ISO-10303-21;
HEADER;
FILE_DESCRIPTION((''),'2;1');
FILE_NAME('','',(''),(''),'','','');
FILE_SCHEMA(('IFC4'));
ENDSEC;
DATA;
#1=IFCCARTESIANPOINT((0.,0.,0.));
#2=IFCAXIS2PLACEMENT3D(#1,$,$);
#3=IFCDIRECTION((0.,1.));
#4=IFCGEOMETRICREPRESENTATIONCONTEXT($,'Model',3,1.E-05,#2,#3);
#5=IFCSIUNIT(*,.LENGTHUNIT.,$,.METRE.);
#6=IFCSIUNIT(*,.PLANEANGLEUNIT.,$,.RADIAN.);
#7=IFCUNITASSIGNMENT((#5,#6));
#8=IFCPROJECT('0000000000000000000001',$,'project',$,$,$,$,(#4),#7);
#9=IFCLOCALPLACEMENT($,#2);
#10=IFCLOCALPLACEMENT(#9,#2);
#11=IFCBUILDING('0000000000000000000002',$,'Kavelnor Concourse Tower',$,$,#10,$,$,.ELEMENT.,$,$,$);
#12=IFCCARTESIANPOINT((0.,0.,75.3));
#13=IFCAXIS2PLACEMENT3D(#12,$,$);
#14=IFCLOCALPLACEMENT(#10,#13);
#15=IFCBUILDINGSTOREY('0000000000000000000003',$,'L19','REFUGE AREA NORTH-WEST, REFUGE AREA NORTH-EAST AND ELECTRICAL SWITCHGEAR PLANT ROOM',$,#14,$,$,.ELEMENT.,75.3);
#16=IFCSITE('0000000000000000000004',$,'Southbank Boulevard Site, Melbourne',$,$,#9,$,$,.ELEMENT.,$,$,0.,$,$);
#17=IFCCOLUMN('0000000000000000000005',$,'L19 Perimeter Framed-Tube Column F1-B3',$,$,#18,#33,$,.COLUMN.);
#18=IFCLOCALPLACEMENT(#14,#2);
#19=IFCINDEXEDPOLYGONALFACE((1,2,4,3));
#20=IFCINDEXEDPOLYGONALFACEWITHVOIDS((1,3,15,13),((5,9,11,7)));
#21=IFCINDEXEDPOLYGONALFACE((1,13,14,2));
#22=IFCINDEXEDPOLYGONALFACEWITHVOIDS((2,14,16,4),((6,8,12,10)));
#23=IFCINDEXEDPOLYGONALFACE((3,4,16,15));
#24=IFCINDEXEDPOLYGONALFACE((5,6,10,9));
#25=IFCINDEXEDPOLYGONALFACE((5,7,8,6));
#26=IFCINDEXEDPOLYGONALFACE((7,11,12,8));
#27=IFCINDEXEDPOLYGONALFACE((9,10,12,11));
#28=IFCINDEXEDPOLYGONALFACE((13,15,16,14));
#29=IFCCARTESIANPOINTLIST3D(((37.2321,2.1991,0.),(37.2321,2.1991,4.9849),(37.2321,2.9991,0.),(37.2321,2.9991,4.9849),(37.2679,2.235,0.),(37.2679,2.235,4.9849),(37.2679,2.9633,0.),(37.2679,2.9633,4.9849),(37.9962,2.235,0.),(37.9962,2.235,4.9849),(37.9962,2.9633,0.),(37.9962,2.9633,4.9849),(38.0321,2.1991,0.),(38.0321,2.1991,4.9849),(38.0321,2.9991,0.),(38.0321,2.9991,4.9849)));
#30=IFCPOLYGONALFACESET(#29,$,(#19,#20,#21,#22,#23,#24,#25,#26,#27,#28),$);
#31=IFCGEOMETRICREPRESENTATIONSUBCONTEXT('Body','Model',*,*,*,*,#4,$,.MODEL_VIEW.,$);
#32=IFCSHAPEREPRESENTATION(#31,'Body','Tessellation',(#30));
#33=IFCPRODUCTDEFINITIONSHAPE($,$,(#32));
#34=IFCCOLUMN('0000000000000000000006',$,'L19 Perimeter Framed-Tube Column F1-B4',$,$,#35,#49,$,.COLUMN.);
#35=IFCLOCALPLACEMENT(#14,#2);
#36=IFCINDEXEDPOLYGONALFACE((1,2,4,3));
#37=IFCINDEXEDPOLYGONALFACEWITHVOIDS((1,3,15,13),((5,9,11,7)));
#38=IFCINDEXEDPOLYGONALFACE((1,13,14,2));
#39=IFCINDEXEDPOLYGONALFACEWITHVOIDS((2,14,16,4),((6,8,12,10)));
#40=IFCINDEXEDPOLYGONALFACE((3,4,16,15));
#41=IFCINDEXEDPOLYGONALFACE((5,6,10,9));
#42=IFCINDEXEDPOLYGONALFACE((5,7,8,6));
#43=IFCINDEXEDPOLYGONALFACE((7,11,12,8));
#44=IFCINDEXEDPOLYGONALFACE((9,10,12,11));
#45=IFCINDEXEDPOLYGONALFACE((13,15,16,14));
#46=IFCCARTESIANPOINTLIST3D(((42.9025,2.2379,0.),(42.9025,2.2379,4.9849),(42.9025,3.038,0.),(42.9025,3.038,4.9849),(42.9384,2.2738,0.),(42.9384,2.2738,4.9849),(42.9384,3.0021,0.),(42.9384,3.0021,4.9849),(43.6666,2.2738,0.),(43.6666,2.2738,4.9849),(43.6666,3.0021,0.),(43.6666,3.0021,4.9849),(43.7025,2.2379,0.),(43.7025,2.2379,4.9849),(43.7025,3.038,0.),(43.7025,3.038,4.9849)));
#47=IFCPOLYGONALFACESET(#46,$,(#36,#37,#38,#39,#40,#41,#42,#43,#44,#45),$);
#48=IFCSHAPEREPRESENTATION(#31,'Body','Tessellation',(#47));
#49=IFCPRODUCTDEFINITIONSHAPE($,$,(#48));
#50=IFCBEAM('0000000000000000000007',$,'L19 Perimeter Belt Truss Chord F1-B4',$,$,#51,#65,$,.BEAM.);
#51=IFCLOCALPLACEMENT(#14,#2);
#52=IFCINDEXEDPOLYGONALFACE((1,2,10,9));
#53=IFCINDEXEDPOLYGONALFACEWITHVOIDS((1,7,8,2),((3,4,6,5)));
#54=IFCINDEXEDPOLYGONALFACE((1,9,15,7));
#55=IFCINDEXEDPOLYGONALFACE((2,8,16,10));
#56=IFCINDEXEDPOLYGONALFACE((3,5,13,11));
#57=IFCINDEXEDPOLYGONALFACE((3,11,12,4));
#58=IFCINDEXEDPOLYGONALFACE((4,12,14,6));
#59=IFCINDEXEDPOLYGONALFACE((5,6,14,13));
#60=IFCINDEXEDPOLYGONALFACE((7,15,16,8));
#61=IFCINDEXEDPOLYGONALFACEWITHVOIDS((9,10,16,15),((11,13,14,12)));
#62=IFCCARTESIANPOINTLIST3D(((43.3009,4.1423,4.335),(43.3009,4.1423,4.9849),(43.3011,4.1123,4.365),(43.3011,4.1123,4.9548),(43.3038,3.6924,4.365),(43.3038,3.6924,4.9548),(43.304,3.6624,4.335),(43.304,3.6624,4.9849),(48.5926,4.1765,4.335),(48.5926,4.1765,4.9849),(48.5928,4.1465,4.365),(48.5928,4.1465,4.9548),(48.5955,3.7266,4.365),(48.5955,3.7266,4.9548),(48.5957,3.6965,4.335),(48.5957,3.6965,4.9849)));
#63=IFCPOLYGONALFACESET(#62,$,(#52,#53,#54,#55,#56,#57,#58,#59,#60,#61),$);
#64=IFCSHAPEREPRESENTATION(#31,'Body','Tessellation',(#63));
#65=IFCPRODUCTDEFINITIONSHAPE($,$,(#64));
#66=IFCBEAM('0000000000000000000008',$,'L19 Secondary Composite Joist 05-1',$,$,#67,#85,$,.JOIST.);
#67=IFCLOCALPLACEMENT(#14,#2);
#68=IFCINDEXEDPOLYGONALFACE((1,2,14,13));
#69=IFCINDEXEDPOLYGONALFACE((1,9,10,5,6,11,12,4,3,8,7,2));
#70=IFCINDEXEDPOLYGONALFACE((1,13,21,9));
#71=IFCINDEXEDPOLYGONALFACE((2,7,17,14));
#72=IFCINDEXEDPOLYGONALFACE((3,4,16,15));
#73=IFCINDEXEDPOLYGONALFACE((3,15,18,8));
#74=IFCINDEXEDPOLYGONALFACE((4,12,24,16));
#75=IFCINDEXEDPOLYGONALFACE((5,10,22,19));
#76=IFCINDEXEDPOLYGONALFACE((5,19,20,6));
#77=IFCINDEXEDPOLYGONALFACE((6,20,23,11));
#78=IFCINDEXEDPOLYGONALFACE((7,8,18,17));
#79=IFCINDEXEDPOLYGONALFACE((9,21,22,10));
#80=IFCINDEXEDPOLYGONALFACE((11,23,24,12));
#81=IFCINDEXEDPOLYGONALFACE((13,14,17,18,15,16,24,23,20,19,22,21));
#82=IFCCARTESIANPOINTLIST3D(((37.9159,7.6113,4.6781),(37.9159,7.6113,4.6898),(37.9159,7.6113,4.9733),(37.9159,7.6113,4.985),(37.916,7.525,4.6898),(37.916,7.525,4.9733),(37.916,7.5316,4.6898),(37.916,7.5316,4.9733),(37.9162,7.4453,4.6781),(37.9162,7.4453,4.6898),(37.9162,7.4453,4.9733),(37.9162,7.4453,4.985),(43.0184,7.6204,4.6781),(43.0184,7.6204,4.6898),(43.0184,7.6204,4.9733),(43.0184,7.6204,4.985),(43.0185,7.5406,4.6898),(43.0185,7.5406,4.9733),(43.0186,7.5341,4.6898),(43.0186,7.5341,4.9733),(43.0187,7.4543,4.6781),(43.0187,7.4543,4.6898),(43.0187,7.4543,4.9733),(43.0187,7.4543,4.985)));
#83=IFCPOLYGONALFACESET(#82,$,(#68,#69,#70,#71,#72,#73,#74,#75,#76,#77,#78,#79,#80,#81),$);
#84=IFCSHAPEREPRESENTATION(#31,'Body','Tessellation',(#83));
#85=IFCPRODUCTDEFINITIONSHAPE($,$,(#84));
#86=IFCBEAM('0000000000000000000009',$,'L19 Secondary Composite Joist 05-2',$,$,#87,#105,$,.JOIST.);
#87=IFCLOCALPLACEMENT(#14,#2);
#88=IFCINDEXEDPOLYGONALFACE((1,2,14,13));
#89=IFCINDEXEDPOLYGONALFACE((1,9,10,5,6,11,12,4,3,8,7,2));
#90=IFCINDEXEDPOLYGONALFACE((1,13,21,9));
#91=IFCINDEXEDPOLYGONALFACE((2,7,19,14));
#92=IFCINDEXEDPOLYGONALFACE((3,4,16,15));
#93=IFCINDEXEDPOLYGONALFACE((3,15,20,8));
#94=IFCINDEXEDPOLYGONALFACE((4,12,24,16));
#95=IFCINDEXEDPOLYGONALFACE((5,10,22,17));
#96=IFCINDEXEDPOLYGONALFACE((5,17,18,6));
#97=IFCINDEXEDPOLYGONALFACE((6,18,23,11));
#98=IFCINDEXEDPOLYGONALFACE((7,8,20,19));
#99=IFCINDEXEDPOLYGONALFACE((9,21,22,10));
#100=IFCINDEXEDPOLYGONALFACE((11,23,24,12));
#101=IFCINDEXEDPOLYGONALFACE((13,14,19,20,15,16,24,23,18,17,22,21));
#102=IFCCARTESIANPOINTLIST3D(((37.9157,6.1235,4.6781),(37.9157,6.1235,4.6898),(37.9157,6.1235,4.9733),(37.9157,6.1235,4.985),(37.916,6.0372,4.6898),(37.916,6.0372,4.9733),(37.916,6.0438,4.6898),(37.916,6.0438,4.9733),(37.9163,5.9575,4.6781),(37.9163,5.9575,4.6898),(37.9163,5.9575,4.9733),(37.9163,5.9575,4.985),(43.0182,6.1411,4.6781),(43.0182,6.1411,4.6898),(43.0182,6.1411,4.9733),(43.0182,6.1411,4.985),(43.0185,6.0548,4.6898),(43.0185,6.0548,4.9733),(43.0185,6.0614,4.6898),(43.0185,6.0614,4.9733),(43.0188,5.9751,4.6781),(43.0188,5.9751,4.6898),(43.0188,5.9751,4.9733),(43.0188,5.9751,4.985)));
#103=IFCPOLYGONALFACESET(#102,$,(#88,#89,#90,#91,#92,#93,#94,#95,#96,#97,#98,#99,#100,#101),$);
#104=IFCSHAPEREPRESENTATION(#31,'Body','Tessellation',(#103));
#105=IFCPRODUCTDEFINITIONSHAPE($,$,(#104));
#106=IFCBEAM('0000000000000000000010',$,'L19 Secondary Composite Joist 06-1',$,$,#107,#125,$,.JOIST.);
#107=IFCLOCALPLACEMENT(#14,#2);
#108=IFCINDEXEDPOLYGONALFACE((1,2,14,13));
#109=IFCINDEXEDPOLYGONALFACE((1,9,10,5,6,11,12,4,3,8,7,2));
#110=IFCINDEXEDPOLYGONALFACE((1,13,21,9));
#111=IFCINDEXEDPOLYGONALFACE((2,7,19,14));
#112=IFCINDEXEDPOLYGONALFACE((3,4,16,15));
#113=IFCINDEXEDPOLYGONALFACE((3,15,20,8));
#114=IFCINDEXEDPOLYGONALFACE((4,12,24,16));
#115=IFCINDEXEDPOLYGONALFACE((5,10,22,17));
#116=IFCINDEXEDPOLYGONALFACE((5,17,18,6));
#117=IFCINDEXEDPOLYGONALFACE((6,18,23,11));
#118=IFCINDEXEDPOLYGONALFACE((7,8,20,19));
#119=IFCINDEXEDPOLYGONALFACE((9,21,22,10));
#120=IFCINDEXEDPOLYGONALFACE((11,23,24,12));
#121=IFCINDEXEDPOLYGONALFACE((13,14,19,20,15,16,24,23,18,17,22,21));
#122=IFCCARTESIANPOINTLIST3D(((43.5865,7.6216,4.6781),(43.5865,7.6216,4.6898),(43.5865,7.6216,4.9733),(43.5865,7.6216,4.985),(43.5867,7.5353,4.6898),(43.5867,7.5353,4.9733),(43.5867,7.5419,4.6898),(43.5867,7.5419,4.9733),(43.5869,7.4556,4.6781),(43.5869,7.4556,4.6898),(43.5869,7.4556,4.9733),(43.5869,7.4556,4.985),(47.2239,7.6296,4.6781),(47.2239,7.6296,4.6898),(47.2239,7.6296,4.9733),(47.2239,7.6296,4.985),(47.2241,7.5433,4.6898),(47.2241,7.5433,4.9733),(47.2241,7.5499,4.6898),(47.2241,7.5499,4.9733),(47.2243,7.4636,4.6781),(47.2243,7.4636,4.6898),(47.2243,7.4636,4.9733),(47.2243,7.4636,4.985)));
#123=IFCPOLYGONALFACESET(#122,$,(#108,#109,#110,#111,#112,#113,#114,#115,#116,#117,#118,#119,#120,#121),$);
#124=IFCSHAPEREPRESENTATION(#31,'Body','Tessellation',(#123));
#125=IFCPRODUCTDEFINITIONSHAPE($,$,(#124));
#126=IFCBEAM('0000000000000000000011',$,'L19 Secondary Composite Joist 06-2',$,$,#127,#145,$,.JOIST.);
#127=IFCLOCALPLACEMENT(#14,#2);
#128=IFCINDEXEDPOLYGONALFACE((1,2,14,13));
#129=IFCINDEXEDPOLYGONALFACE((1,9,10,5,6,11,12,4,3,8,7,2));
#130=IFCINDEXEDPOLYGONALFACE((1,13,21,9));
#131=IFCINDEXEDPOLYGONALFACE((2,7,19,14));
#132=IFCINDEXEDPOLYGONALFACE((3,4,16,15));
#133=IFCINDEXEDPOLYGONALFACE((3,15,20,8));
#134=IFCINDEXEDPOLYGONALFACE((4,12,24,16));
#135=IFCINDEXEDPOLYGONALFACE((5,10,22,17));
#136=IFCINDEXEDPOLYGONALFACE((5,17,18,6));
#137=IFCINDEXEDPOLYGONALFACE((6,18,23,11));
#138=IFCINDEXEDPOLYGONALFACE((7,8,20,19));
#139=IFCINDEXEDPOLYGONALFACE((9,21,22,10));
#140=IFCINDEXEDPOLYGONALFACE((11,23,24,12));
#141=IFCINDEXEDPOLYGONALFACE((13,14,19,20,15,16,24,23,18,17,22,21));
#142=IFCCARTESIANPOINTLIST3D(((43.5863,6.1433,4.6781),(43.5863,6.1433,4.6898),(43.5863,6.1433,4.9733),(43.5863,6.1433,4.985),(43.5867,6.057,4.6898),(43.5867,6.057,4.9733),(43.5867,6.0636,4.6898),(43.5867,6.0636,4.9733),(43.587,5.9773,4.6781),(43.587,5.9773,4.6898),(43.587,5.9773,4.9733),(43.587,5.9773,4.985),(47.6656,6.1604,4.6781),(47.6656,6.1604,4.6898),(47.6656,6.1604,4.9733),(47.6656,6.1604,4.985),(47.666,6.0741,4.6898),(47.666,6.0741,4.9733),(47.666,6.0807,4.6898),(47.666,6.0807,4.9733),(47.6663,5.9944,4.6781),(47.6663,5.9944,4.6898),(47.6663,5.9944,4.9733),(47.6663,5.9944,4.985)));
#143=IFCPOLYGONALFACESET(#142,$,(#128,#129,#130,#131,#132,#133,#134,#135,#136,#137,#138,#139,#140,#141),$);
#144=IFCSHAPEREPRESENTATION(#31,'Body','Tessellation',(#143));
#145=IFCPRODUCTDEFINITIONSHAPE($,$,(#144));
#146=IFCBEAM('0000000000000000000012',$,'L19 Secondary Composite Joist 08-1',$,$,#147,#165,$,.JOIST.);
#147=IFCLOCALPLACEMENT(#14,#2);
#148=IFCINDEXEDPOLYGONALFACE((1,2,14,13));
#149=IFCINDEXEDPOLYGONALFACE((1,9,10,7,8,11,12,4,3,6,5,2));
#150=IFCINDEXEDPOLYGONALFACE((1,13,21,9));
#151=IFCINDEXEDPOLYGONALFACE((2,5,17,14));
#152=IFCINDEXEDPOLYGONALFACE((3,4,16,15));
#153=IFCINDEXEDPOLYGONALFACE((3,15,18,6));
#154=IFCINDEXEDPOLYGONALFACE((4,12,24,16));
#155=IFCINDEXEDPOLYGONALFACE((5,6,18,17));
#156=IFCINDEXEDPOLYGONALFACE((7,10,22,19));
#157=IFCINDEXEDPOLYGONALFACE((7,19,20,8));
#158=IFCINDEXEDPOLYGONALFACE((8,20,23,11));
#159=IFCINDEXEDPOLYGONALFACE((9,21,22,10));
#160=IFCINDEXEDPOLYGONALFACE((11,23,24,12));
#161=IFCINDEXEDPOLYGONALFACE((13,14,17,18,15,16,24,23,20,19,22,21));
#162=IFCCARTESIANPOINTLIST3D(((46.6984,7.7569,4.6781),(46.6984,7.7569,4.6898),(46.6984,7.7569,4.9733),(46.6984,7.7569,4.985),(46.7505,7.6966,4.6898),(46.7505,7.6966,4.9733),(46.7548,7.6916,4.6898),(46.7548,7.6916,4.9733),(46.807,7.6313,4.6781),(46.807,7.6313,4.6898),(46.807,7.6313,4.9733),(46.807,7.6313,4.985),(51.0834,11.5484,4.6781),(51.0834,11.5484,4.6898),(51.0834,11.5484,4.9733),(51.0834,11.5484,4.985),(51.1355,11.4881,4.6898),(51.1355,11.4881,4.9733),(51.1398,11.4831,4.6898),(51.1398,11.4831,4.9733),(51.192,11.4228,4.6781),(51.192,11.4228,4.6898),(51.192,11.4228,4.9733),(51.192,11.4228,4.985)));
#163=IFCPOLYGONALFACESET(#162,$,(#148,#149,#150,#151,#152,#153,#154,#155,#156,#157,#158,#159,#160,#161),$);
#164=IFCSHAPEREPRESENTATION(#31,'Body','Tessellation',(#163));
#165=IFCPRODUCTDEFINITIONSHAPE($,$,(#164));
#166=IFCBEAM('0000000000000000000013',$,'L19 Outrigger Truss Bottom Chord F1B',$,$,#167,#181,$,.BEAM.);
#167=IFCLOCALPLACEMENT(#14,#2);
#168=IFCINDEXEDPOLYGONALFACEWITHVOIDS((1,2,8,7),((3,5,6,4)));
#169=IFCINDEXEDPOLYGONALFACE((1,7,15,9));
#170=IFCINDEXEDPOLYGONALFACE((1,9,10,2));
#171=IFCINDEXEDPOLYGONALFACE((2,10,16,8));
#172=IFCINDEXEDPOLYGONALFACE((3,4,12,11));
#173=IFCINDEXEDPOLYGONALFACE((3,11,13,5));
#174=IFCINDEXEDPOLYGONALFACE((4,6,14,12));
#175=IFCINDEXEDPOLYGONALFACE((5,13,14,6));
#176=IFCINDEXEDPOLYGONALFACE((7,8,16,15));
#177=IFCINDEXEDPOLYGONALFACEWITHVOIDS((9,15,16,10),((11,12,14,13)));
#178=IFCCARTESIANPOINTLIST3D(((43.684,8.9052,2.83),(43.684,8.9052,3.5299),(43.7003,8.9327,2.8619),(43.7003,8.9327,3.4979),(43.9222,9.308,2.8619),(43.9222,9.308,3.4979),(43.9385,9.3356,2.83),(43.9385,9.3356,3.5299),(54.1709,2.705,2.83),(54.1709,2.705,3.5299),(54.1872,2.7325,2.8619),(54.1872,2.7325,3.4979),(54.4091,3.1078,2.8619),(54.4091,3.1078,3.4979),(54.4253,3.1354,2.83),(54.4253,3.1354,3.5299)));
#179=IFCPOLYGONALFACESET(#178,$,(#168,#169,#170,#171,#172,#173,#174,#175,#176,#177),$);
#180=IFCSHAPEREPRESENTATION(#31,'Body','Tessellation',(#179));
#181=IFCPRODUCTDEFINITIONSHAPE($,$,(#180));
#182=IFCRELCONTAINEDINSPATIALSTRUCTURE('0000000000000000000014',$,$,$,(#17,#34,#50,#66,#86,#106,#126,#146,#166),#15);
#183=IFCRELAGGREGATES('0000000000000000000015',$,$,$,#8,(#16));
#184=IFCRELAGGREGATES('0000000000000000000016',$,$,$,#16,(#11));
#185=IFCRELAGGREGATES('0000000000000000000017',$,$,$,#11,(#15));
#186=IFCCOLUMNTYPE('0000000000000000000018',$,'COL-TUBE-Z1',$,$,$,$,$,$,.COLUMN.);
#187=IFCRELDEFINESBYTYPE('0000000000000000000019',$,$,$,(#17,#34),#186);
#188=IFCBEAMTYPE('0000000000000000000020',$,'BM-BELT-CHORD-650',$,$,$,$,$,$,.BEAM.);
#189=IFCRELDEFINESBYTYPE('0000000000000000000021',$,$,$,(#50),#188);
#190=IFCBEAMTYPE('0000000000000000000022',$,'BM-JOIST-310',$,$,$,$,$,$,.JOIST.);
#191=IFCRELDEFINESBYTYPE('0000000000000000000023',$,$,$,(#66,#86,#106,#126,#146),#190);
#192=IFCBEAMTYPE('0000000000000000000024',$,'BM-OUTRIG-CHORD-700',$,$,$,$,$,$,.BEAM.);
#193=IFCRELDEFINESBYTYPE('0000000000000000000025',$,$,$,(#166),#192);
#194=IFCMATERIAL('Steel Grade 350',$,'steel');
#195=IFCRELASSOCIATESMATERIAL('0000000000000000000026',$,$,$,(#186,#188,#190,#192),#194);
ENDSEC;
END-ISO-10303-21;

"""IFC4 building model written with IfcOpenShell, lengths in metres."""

from ifc_helpers import new_model, si_unit, direction, frame, origin, origin_2d, place, context, subcontext, project, spatial, hollow_rectangle, i_section, extrude, material, material_profile, profile_set, type_object, element, save


model = new_model("IFC4")

# Units and contexts
model_context = context("Model", 3, precision=1e-05, world=origin(), true_north=direction((0.0, 1.0)))
body_context = subcontext(model_context, "Body", "Model", "MODEL_VIEW")
ifc_project = project(units=[si_unit("LENGTHUNIT", "METRE"), si_unit("PLANEANGLEUNIT", "RADIAN")], contexts=[model_context])

# Site, building, storey
site_placement = place(None, origin())
site = spatial("IfcSite", under=ifc_project, at=site_placement, Name="Southbank Boulevard Site, Melbourne", CompositionType="ELEMENT", RefElevation=0.0)
building_placement = place(site_placement, origin())
building = spatial("IfcBuilding", under=site, at=building_placement, Name="Kavelnor Concourse Tower", CompositionType="ELEMENT")
storey_placement = place(building_placement, frame((0.0, 0.0, 75.3)))
storey = spatial("IfcBuildingStorey", under=building, at=storey_placement, Name="L19", Description="REFUGE AREA NORTH-WEST, REFUGE AREA NORTH-EAST AND ELECTRICAL SWITCHGEAR PLANT ROOM", CompositionType="ELEMENT", Elevation=75.3)

# Columns
ifc_material_1 = material(Name="Steel Grade 350", Category="steel")
ifc_material_profile_1 = material_profile(ifc_material_1, hollow_rectangle(XDim=0.8, YDim=0.8, WallThickness=0.0359, at=origin_2d()), Name="SHS 800x800x36")
ifc_profile_set_1 = profile_set([ifc_material_profile_1], Name="Steel Grade 350")
column_type = type_object("IfcColumnType", Name="COL-TUBE-Z1", PredefinedType="COLUMN", material=ifc_profile_set_1)
for number, where, z_axis, x_axis, name in (
    (1, (37.6321, 2.5991, 0.0), (0.0, 0.0, 1.0), (1.0, 0.0, 0.0), "L19 Perimeter Framed-Tube Column F1-B3"),
    (2, (43.3025, 2.6379, 0.0), (0.0, 0.0, 1.0), (1.0, 0.0, 0.0), "L19 Perimeter Framed-Tube Column F1-B4"),
):
    element("IfcColumn", number, at=place(storey_placement, frame(where, z_axis=z_axis, x_axis=x_axis)), inside=storey, type_object=column_type, Name=name, PredefinedType="COLUMN", context=body_context, shape_type="SweptSolid", body=[
        extrude(hollow_rectangle(XDim=0.8, YDim=0.8, WallThickness=0.0359, at=origin_2d()), origin(), (0.0, 0.0, 1.0), 4.9849),
    ])

# Beams
ifc_material_profile_2 = material_profile(ifc_material_1, hollow_rectangle(XDim=0.48, YDim=0.6499, WallThickness=0.03, at=origin_2d()), Name="RHS 650x480x30")
ifc_profile_set_2 = profile_set([ifc_material_profile_2], Name="Steel Grade 350")
beam_type_1 = type_object("IfcBeamType", Name="BM-BELT-CHORD-650", PredefinedType="BEAM", material=ifc_profile_set_2)
beam_1_placement = place(storey_placement, frame((43.3025, 3.9023, 4.6599), z_axis=(0.999979, 0.006459, 0.0), x_axis=(-0.006459, 0.999979, 0.0)))
element("IfcBeam", 3, at=beam_1_placement, inside=storey, type_object=beam_type_1, Name="L19 Perimeter Belt Truss Chord F1-B4", PredefinedType="BEAM", context=body_context, shape_type="SweptSolid", body=[
    extrude(hollow_rectangle(XDim=0.48, YDim=0.6499, WallThickness=0.03, at=origin_2d()), origin(), (0.0, 0.0, 1.0), 5.2917),
])
ifc_material_profile_3 = material_profile(ifc_material_1, i_section(OverallWidth=0.166, OverallDepth=0.3069, WebThickness=0.0066, FlangeThickness=0.0117, at=origin_2d()), Name="310UB46")
ifc_profile_set_3 = profile_set([ifc_material_profile_3], Name="Steel Grade 350")
beam_type_2 = type_object("IfcBeamType", Name="BM-JOIST-310", PredefinedType="JOIST", material=ifc_profile_set_3)
for number, where, z_axis, x_axis, name in (
    (4, (37.916, 7.5283, 4.8315), (0.999998, 0.00177, 0.0), (-0.00177, 0.999998, 0.0), "L19 Secondary Composite Joist 05-1"),
    (5, (37.916, 6.0405, 4.8315), (0.999994, 0.003445, 0.0), (-0.003445, 0.999994, 0.0), "L19 Secondary Composite Joist 05-2"),
):
    element("IfcBeam", number, at=place(storey_placement, frame(where, z_axis=z_axis, x_axis=x_axis)), inside=storey, type_object=beam_type_2, Name=name, PredefinedType="JOIST", context=body_context, shape_type="SweptSolid", body=[
        extrude(i_section(OverallWidth=0.166, OverallDepth=0.3069, WebThickness=0.0066, FlangeThickness=0.0117, at=origin_2d()), origin(), (0.0, 0.0, 1.0), 5.1025),
    ])
beam_2_placement = place(storey_placement, frame((43.5867, 7.5386, 4.8315), z_axis=(0.999998, 0.002215, 0.0), x_axis=(-0.002215, 0.999998, 0.0)))
element("IfcBeam", 6, at=beam_2_placement, inside=storey, type_object=beam_type_2, Name="L19 Secondary Composite Joist 06-1", PredefinedType="JOIST", context=body_context, shape_type="SweptSolid", body=[
    extrude(i_section(OverallWidth=0.166, OverallDepth=0.3069, WebThickness=0.0066, FlangeThickness=0.0117, at=origin_2d()), origin(), (0.0, 0.0, 1.0), 3.6375),
])
beam_3_placement = place(storey_placement, frame((43.5867, 6.0603, 4.8315), z_axis=(0.999991, 0.004189, 0.0), x_axis=(-0.004189, 0.999991, 0.0)))
element("IfcBeam", 7, at=beam_3_placement, inside=storey, type_object=beam_type_2, Name="L19 Secondary Composite Joist 06-2", PredefinedType="JOIST", context=body_context, shape_type="SweptSolid", body=[
    extrude(i_section(OverallWidth=0.166, OverallDepth=0.3069, WebThickness=0.0066, FlangeThickness=0.0117, at=origin_2d()), origin(), (0.0, 0.0, 1.0), 4.0793),
])
beam_4_placement = place(storey_placement, frame((46.7527, 7.6941, 4.8315), z_axis=(0.756443, 0.654059, 0.0), x_axis=(-0.654059, 0.756443, 0.0)))
element("IfcBeam", 8, at=beam_4_placement, inside=storey, type_object=beam_type_2, Name="L19 Secondary Composite Joist 08-1", PredefinedType="JOIST", context=body_context, shape_type="SweptSolid", body=[
    extrude(i_section(OverallWidth=0.166, OverallDepth=0.3069, WebThickness=0.0066, FlangeThickness=0.0117, at=origin_2d()), origin(), (0.0, 0.0, 1.0), 5.7969),
])
ifc_material_profile_4 = material_profile(ifc_material_1, hollow_rectangle(XDim=0.5, YDim=0.7, WallThickness=0.032, at=origin_2d()), Name="RHS 700x500x32")
ifc_profile_set_4 = profile_set([ifc_material_profile_4], Name="Steel Grade 350")
beam_type_3 = type_object("IfcBeamType", Name="BM-OUTRIG-CHORD-700", PredefinedType="BEAM", material=ifc_profile_set_4)
beam_5_placement = place(storey_placement, frame((43.8113, 9.1204, 3.1799), z_axis=(0.860803, -0.508939, 0.0), x_axis=(0.508939, 0.860803, 0.0)))
element("IfcBeam", 9, at=beam_5_placement, inside=storey, type_object=beam_type_3, Name="L19 Outrigger Truss Bottom Chord F1B", PredefinedType="BEAM", context=body_context, shape_type="SweptSolid", body=[
    extrude(hollow_rectangle(XDim=0.5, YDim=0.7, WallThickness=0.032, at=origin_2d()), origin(), (0.0, 0.0, 1.0), 12.1826),
])

save(model, "model.ifc")
